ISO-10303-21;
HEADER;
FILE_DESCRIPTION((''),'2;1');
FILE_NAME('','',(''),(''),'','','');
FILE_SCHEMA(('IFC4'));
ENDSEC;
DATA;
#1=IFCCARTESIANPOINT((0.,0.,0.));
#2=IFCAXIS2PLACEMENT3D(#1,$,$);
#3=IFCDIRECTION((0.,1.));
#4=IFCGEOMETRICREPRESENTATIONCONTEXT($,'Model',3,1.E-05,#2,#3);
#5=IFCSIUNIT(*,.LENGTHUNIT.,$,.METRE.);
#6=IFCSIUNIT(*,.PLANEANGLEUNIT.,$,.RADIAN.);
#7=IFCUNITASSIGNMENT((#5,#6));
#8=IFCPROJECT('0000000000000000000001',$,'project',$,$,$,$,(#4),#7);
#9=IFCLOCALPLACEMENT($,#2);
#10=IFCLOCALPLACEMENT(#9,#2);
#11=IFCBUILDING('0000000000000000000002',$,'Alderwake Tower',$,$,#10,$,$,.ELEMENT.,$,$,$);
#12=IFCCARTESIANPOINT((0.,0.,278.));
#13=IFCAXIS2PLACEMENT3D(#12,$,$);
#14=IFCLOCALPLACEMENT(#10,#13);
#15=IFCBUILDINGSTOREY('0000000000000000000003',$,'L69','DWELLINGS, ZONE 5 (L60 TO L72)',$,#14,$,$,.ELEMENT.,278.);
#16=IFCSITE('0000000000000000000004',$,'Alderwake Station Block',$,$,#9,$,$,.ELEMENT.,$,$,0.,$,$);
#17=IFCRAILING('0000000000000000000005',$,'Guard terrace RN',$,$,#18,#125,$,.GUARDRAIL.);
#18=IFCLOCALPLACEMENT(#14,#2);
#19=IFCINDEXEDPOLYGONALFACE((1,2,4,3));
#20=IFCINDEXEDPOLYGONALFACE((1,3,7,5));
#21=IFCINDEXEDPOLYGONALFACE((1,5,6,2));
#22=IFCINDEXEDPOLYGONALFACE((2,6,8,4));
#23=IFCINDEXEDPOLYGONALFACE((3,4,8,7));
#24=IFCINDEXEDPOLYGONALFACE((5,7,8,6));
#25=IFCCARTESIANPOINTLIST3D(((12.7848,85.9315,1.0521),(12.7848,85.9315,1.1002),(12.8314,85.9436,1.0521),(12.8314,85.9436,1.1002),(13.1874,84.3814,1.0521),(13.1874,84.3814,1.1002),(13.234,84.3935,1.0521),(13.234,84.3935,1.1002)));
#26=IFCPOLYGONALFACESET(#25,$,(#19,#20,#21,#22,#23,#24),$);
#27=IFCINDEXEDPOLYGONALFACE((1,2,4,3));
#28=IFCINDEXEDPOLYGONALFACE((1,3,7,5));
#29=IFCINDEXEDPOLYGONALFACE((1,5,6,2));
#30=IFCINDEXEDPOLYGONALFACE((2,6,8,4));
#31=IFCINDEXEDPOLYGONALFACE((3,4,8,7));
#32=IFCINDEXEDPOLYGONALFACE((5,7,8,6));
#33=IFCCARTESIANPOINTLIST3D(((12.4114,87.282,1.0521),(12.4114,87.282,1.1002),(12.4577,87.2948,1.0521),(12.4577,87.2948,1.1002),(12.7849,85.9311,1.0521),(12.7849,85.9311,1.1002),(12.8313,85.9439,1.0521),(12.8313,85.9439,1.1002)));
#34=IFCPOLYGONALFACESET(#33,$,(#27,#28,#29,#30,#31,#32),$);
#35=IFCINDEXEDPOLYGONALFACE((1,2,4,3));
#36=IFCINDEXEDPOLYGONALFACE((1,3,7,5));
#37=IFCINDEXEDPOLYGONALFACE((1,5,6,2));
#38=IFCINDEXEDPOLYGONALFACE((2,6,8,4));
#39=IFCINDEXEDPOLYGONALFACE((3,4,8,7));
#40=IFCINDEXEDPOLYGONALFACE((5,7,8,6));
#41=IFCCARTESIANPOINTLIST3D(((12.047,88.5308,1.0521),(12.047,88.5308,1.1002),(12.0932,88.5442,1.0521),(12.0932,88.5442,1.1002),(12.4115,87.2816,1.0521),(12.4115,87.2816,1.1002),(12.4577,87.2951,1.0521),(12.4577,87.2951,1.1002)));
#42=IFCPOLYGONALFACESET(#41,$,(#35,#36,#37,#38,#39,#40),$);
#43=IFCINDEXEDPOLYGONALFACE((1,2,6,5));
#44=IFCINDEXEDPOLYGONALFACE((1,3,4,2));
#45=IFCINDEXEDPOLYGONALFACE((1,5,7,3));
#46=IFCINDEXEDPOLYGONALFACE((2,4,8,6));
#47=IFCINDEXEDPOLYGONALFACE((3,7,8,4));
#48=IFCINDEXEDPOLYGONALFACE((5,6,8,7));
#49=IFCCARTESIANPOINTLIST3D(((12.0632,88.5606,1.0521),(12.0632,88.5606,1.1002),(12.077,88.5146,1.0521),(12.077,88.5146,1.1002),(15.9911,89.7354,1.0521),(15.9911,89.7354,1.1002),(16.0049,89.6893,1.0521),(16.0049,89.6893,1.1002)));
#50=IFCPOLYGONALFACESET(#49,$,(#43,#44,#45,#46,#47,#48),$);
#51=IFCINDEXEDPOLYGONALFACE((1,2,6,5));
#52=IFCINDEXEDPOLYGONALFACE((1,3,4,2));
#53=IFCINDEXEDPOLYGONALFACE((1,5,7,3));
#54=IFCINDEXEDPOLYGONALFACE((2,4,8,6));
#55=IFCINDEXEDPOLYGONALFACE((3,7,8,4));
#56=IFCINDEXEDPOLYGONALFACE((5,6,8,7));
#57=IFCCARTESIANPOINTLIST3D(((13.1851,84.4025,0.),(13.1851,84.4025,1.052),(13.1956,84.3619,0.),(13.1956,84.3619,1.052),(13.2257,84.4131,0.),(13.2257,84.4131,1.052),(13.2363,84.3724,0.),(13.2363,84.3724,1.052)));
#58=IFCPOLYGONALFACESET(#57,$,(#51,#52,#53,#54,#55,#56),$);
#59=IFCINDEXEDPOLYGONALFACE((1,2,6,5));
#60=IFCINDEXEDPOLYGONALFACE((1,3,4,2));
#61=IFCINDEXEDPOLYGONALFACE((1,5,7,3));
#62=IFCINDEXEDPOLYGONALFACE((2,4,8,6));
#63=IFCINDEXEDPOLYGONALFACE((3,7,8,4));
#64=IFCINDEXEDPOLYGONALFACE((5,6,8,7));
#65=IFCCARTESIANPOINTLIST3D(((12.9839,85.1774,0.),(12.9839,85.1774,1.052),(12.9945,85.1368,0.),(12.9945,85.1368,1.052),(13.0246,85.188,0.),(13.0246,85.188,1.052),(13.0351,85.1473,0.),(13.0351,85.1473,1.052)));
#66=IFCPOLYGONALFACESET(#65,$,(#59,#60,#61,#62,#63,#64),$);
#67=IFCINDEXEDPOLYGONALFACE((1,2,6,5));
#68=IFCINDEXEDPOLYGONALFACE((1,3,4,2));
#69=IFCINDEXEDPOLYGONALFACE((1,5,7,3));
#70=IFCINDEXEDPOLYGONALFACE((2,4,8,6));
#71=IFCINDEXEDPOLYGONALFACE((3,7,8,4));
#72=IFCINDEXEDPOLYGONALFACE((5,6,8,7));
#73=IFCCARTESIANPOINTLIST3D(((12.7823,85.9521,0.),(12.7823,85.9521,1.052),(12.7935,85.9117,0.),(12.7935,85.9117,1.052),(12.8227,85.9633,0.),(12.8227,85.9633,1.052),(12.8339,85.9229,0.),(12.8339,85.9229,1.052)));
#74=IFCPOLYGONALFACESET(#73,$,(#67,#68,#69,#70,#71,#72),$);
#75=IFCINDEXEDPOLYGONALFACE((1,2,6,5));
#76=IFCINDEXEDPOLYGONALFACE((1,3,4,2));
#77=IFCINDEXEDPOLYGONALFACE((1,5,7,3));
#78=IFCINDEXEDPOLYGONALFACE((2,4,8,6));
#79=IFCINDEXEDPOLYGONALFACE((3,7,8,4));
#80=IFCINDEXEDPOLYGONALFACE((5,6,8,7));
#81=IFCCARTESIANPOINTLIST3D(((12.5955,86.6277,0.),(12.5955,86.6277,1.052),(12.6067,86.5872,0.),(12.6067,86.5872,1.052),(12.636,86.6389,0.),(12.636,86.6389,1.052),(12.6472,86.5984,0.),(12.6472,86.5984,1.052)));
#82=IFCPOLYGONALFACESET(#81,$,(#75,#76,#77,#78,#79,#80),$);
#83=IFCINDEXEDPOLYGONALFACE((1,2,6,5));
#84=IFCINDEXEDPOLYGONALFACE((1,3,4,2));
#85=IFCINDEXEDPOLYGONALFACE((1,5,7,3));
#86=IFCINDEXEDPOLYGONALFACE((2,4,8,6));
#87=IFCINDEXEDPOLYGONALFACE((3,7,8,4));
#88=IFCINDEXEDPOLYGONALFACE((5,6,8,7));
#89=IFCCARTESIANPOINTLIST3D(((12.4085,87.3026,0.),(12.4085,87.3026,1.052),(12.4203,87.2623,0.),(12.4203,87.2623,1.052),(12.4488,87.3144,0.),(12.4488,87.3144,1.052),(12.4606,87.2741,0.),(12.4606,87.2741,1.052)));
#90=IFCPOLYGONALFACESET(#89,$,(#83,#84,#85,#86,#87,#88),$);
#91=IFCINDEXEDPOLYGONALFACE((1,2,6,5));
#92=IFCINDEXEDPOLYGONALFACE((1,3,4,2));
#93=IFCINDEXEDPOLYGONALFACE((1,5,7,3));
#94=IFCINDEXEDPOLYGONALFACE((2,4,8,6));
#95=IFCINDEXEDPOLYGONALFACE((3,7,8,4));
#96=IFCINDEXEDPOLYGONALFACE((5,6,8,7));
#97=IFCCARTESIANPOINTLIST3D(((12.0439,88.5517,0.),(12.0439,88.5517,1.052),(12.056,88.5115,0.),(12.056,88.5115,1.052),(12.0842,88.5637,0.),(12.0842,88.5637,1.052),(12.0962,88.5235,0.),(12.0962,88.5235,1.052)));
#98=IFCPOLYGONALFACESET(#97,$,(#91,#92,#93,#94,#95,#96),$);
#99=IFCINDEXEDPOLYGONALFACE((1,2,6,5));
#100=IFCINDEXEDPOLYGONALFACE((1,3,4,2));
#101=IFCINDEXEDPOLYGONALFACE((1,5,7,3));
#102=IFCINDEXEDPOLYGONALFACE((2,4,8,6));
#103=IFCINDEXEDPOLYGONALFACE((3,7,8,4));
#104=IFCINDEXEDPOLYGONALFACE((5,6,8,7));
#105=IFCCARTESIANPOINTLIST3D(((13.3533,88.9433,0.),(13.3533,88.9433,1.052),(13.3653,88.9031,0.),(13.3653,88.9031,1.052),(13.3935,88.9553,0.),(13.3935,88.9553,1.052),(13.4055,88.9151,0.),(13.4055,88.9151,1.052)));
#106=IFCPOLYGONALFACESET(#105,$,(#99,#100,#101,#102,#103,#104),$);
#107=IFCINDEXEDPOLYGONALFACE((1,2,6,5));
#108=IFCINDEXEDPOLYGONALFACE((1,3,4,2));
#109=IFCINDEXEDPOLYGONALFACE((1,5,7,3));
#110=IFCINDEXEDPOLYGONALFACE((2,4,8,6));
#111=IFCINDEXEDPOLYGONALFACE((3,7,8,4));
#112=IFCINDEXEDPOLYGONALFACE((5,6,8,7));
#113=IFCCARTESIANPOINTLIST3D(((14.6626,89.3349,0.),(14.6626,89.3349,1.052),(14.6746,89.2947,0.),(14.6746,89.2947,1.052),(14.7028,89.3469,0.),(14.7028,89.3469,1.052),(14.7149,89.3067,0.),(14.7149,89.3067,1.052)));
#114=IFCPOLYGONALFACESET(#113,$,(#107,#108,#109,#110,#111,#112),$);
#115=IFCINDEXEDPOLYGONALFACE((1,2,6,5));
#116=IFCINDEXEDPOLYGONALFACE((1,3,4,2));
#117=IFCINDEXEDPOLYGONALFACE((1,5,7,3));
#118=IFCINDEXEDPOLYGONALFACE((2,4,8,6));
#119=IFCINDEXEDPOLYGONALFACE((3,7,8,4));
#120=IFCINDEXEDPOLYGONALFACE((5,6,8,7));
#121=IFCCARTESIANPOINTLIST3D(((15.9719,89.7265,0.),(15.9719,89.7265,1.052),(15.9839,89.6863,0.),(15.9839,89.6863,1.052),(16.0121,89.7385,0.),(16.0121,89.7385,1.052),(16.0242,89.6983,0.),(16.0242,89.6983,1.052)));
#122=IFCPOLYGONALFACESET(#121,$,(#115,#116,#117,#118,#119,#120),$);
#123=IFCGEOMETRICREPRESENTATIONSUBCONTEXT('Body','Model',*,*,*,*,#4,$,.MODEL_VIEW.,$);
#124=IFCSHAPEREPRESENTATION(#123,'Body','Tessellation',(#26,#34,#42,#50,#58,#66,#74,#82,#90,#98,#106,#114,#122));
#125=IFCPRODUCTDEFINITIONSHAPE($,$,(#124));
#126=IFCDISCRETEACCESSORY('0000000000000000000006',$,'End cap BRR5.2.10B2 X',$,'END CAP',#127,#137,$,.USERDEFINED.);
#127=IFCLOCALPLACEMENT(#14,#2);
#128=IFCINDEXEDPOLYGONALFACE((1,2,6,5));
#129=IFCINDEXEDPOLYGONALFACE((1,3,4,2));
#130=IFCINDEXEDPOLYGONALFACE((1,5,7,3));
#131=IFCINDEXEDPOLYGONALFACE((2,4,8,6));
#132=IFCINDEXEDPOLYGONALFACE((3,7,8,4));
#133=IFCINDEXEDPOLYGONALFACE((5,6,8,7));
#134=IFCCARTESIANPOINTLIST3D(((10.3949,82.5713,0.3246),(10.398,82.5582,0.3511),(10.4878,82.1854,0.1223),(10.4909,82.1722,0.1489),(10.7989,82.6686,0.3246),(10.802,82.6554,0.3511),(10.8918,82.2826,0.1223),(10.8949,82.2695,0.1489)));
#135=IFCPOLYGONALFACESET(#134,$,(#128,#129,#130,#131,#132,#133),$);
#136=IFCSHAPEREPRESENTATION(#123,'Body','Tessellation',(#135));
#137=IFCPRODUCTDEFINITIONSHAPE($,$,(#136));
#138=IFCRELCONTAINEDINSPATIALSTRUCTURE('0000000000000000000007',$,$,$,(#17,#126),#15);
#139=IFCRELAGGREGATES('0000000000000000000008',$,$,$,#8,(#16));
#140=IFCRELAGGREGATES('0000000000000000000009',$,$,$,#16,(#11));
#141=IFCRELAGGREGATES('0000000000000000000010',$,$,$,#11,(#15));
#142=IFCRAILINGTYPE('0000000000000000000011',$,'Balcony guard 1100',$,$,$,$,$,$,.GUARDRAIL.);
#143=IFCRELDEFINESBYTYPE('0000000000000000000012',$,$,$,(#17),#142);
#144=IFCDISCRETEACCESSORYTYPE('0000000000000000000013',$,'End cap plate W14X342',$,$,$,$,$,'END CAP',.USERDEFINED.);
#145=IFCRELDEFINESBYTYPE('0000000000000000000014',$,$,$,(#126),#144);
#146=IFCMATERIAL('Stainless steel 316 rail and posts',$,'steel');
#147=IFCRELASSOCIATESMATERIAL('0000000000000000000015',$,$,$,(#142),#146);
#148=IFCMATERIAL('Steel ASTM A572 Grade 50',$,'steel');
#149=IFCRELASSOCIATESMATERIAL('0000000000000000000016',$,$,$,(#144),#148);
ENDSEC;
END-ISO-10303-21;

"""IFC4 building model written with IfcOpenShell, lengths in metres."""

from ifc_helpers import new_model, si_unit, direction, frame, origin, origin_2d, place, context, subcontext, project, spatial, rectangle, extrude, material, material_profile, profile_set, type_object, element, save


model = new_model("IFC4")

# Units and contexts
model_context = context("Model", 3, precision=1e-05, world=origin(), true_north=direction((0.0, 1.0)))
body_context = subcontext(model_context, "Body", "Model", "MODEL_VIEW")
ifc_project = project(units=[si_unit("LENGTHUNIT", "METRE"), si_unit("PLANEANGLEUNIT", "RADIAN")], contexts=[model_context])

# Site, building, storey
site_placement = place(None, origin())
site = spatial("IfcSite", under=ifc_project, at=site_placement, Name="Alderwake Station Block", CompositionType="ELEMENT", RefElevation=0.0)
building_placement = place(site_placement, origin())
building = spatial("IfcBuilding", under=site, at=building_placement, Name="Alderwake Tower", CompositionType="ELEMENT")
storey_placement = place(building_placement, frame((0.0, 0.0, 278.0)))
storey = spatial("IfcBuildingStorey", under=building, at=storey_placement, Name="L69", Description="DWELLINGS, ZONE 5 (L60 TO L72)", CompositionType="ELEMENT", Elevation=278.0)

# Railing
ifc_material_1 = material(Name="Stainless steel 316 rail and posts", Category="steel")
railing_type = type_object("IfcRailingType", Name="Balcony guard 1100", PredefinedType="GUARDRAIL", material=ifc_material_1)
railing_placement = place(storey_placement, frame((13.2107, 84.3875, 0.0)))
element("IfcRailing", 1, at=railing_placement, inside=storey, type_object=railing_type, Name="Guard terrace RN", PredefinedType="GUARDRAIL", context=body_context, shape_type="SweptSolid", body=[
    extrude(rectangle(XDim=0.0481, YDim=0.0481, at=origin_2d()), frame((0.0, 0.0, 1.0762), z_axis=(-0.251385, 0.967887, 0.0), x_axis=(-0.967887, -0.251385, 0.0)), (0.0, 0.0, 1.0), 1.6016),
    extrude(rectangle(XDim=0.0481, YDim=0.0481, at=origin_2d()), frame((-0.4026, 1.55, 1.0762), z_axis=(-0.266521, 0.963829, 0.0), x_axis=(-0.963829, -0.266521, 0.0)), (0.0, 0.0, 1.0), 1.4016),
    extrude(rectangle(XDim=0.0481, YDim=0.0481, at=origin_2d()), frame((-0.7761, 2.9009, 1.0762), z_axis=(-0.280094, 0.959973, 0.0), x_axis=(-0.959973, -0.280094, 0.0)), (0.0, 0.0, 1.0), 1.3013),
    extrude(rectangle(XDim=0.0481, YDim=0.0481, at=origin_2d()), frame((-1.1406, 4.1501, 1.0762), z_axis=(0.958067, 0.286545, 0.0), x_axis=(-0.286545, 0.958067, 0.0)), (0.0, 0.0, 1.0), 4.0999),
    extrude(rectangle(XDim=0.042, YDim=0.042, at=origin_2d()), frame((0.0, 0.0, 0.0), z_axis=(0.0, 0.0, 1.0), x_axis=(-0.251385, 0.967887, 0.0)), (0.0, 0.0, 1.0), 1.052),
    extrude(rectangle(XDim=0.042, YDim=0.042, at=origin_2d()), frame((-0.2012, 0.7749, 0.0), z_axis=(0.0, 0.0, 1.0), x_axis=(-0.251385, 0.967887, 0.0)), (0.0, 0.0, 1.0), 1.052),
    extrude(rectangle(XDim=0.042, YDim=0.042, at=origin_2d()), frame((-0.4026, 1.55, 0.0), z_axis=(0.0, 0.0, 1.0), x_axis=(-0.266521, 0.963829, 0.0)), (0.0, 0.0, 1.0), 1.052),
    extrude(rectangle(XDim=0.042, YDim=0.042, at=origin_2d()), frame((-0.5894, 2.2256, 0.0), z_axis=(0.0, 0.0, 1.0), x_axis=(-0.266521, 0.963829, 0.0)), (0.0, 0.0, 1.0), 1.052),
    extrude(rectangle(XDim=0.042, YDim=0.042, at=origin_2d()), frame((-0.7761, 2.9009, 0.0), z_axis=(0.0, 0.0, 1.0), x_axis=(-0.280094, 0.959973, 0.0)), (0.0, 0.0, 1.0), 1.052),
    extrude(rectangle(XDim=0.042, YDim=0.042, at=origin_2d()), frame((-1.1406, 4.1501, 0.0), z_axis=(0.0, 0.0, 1.0), x_axis=(0.958067, 0.286545, 0.0)), (0.0, 0.0, 1.0), 1.052),
    extrude(rectangle(XDim=0.042, YDim=0.042, at=origin_2d()), frame((0.1687, 4.5417, 0.0), z_axis=(0.0, 0.0, 1.0), x_axis=(0.958067, 0.286545, 0.0)), (0.0, 0.0, 1.0), 1.052),
    extrude(rectangle(XDim=0.042, YDim=0.042, at=origin_2d()), frame((1.478, 4.9333, 0.0), z_axis=(0.0, 0.0, 1.0), x_axis=(0.958067, 0.286545, 0.0)), (0.0, 0.0, 1.0), 1.052),
    extrude(rectangle(XDim=0.042, YDim=0.042, at=origin_2d()), frame((2.7874, 5.325, 0.0), z_axis=(0.0, 0.0, 1.0), x_axis=(0.958067, 0.286545, 0.0)), (0.0, 0.0, 1.0), 1.052),
])

# Discrete accessory
ifc_material_2 = material(Name="Steel ASTM A572 Grade 50", Category="steel")
ifc_material_profile_1 = material_profile(ifc_material_2, rectangle(XDim=0.4155, YDim=0.4456, at=origin_2d()), Name="W14X342 cap")
ifc_profile_set_1 = profile_set([ifc_material_profile_1], Name="Steel ASTM A572 Grade 50")
discrete_accessory_type = type_object("IfcDiscreteAccessoryType", Name="End cap plate W14X342", ElementType="END CAP", PredefinedType="USERDEFINED", material=ifc_profile_set_1)
discrete_accessory_placement = place(storey_placement, frame((10.6465, 82.4138, 0.25), z_axis=(-0.106265, 0.441409, -0.890992), x_axis=(-0.972224, -0.234054, 0.0)))
element("IfcDiscreteAccessory", 2, at=discrete_accessory_placement, inside=storey, type_object=discrete_accessory_type, Name="End cap BRR5.2.10B2 X", ObjectType="END CAP", PredefinedType="USERDEFINED", context=body_context, shape_type="SweptSolid", body=[
    extrude(rectangle(XDim=0.4155, YDim=0.4456, at=origin_2d()), origin(), (0.0, 0.0, 1.0), 0.0298),
])

save(model, "model.ifc")
